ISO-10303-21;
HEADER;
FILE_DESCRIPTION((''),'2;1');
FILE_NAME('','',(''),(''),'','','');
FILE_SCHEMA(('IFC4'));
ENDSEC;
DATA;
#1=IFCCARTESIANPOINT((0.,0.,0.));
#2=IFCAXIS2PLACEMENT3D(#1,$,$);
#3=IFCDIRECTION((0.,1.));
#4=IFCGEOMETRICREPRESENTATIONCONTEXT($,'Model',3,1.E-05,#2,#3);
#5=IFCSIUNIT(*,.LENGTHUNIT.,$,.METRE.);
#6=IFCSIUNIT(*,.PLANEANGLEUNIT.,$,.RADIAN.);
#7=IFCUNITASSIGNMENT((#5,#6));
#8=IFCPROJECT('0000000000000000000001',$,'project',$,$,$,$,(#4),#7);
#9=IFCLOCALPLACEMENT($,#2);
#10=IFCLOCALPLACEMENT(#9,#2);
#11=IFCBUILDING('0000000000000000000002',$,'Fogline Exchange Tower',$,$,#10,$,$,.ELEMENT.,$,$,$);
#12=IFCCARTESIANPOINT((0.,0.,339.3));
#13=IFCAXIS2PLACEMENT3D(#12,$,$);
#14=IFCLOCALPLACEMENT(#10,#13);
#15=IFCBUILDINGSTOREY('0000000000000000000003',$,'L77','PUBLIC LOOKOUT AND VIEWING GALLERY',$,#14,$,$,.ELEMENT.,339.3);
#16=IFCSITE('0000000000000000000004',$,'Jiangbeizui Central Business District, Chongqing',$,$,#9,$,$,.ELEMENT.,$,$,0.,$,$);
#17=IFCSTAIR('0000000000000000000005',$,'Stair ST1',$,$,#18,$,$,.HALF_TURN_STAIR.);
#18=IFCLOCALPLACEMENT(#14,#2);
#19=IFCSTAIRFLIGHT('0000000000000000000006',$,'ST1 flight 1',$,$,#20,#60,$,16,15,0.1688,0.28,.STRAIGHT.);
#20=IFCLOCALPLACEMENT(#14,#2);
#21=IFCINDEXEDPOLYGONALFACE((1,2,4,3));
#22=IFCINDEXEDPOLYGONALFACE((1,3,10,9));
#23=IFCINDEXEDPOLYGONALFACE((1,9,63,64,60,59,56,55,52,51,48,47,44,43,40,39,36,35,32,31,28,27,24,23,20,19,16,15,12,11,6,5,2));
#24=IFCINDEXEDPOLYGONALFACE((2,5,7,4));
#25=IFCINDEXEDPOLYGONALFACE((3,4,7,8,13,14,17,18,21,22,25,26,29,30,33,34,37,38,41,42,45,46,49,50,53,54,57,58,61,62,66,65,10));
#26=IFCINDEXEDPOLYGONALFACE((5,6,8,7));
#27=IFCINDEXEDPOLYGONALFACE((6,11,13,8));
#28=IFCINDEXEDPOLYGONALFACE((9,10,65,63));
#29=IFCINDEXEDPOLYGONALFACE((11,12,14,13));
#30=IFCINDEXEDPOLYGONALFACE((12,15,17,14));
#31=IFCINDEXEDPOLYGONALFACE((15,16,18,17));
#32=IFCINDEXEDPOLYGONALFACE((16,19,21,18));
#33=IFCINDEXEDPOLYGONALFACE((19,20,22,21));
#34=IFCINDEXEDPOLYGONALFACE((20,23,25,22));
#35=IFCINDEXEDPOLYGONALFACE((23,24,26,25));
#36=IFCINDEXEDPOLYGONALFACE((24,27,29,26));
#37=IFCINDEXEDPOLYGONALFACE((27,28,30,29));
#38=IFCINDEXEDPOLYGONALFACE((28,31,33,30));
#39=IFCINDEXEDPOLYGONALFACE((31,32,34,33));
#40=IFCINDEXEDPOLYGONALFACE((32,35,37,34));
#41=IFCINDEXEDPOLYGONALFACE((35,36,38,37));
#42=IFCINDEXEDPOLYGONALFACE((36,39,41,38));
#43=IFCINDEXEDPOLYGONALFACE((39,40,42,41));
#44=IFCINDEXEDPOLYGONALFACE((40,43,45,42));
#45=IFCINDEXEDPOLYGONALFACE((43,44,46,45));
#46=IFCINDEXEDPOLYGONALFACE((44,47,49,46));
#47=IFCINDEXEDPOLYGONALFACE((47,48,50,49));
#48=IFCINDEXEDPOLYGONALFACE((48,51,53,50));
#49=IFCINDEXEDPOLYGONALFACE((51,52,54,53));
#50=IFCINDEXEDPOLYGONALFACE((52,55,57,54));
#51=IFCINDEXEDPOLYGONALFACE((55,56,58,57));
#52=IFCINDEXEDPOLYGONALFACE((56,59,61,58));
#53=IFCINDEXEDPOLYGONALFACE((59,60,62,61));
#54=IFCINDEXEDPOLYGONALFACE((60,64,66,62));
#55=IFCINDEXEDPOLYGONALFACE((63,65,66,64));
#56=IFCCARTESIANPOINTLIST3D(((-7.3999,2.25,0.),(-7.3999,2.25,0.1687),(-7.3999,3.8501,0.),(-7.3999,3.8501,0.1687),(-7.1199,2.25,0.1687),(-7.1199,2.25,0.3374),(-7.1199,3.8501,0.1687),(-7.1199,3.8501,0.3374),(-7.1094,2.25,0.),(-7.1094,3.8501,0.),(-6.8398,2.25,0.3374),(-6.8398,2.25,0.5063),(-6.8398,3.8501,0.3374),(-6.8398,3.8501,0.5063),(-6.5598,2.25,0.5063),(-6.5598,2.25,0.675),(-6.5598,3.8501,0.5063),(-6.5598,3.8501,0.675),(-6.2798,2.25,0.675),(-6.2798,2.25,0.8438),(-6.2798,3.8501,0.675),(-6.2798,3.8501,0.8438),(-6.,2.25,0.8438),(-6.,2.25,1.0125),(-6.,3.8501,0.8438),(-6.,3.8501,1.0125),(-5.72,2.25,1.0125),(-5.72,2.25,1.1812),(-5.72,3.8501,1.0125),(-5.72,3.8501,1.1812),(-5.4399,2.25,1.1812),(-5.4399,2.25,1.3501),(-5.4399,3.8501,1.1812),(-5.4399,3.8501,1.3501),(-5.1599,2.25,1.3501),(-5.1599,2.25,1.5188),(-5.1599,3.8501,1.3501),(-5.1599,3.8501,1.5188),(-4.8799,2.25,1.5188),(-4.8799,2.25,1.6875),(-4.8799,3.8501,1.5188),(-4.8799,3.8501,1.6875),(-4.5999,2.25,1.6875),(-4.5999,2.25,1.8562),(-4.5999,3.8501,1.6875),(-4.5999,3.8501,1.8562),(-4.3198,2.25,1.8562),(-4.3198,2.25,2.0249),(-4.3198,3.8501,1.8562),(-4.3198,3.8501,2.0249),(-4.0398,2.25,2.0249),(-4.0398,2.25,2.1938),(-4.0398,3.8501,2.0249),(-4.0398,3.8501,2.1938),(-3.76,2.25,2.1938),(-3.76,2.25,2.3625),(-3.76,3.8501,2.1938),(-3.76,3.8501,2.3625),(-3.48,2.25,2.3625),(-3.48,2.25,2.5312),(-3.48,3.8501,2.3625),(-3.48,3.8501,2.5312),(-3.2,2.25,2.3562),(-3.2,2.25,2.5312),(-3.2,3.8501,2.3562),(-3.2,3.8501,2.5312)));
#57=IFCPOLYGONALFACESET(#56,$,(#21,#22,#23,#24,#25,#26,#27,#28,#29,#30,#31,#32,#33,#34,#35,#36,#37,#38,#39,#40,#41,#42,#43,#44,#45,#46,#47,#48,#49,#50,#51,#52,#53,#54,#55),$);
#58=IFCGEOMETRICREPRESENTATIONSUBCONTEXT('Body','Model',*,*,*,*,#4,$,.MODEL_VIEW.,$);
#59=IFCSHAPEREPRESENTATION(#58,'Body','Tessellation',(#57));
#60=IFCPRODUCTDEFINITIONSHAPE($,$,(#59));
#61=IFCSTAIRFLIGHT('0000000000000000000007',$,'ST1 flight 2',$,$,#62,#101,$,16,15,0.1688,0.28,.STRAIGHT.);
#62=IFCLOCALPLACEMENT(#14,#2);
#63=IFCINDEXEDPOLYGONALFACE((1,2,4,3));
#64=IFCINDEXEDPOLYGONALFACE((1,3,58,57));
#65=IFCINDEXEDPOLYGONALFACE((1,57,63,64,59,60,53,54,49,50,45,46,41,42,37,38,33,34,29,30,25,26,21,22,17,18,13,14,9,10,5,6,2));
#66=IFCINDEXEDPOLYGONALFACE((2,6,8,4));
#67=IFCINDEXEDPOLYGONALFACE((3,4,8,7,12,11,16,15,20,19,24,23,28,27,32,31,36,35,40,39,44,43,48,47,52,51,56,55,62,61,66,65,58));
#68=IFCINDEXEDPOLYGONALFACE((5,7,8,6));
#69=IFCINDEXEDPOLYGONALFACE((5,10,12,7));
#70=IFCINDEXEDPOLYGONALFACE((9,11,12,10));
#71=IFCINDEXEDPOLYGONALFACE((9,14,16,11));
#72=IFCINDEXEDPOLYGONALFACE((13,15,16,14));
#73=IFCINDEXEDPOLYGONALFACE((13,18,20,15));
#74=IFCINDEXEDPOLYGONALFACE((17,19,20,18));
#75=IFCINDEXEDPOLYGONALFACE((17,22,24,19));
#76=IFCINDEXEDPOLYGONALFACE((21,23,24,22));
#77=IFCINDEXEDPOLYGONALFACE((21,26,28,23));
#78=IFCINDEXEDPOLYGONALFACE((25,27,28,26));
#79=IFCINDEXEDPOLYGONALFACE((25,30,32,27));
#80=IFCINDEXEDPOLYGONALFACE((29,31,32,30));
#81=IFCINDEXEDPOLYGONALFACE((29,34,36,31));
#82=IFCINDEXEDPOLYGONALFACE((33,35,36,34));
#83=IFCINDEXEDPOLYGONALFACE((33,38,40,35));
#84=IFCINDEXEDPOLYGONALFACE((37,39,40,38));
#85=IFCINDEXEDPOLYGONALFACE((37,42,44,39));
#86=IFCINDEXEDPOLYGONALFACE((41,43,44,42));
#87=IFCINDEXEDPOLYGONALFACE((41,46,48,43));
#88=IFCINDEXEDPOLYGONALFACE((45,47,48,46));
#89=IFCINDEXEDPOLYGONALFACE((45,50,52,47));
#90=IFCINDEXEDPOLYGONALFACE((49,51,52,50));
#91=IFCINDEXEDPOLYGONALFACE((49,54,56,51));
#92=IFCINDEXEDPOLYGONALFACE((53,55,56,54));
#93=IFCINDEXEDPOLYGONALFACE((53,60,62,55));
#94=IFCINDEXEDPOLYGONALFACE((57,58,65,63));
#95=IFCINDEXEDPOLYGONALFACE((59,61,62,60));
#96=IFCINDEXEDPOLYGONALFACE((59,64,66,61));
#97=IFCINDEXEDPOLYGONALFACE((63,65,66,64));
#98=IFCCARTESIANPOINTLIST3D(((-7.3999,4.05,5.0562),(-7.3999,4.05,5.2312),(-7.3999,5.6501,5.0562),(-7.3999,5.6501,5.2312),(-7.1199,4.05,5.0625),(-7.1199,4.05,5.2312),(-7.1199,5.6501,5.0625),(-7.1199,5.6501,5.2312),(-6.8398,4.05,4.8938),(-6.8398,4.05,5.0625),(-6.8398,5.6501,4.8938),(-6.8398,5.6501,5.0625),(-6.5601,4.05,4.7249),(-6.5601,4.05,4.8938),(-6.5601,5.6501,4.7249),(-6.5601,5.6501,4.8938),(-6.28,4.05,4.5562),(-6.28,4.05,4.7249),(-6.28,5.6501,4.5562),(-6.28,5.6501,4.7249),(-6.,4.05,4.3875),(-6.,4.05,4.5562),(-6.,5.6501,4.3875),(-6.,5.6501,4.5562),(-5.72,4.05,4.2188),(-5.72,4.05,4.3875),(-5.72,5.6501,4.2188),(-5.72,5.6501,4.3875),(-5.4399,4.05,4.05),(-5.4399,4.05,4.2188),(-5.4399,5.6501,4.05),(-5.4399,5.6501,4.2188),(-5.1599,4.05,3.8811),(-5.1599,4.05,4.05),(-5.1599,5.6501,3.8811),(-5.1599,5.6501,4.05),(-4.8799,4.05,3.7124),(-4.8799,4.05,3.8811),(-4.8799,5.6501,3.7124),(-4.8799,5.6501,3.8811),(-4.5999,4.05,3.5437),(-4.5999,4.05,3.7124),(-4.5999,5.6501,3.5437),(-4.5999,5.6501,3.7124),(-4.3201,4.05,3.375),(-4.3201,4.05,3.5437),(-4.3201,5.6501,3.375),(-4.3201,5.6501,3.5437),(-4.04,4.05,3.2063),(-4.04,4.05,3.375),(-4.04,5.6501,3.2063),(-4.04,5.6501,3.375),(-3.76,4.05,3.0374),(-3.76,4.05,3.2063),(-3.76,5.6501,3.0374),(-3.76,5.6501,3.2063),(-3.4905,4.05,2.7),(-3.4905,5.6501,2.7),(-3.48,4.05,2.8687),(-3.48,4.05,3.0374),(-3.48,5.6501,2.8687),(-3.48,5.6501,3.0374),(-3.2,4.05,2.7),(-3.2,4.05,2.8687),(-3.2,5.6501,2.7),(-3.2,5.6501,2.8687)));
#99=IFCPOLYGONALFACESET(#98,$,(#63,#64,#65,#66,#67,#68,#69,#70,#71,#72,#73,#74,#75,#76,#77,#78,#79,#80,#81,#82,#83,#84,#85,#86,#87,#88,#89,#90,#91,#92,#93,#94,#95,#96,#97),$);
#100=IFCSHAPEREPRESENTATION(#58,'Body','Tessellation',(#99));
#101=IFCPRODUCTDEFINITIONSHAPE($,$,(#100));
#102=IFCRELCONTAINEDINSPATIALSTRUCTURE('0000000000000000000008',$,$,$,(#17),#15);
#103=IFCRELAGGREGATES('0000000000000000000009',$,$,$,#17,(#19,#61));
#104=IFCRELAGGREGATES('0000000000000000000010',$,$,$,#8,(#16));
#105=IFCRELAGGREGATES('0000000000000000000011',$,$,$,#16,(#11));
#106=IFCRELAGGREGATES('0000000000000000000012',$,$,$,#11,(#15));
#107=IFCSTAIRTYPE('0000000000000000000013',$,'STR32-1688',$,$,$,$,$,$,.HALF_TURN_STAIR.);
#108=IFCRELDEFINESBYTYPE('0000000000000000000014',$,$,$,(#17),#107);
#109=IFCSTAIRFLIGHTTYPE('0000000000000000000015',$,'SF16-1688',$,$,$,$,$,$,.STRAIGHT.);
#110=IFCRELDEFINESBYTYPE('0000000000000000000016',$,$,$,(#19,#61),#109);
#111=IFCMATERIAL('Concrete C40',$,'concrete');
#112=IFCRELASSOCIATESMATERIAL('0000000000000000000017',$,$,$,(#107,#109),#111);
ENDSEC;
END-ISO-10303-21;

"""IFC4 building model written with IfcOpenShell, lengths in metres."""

from ifc_helpers import new_model, si_unit, direction, frame, origin, place, context, subcontext, project, spatial, polyline, outline, extrude, material, type_object, element, aggregate, save


model = new_model("IFC4")

# Units and contexts
model_context = context("Model", 3, precision=1e-05, world=origin(), true_north=direction((0.0, 1.0)))
body_context = subcontext(model_context, "Body", "Model", "MODEL_VIEW")
ifc_project = project(units=[si_unit("LENGTHUNIT", "METRE"), si_unit("PLANEANGLEUNIT", "RADIAN")], contexts=[model_context])

# Site, building, storey
site_placement = place(None, origin())
site = spatial("IfcSite", under=ifc_project, at=site_placement, Name="Jiangbeizui Central Business District, Chongqing", CompositionType="ELEMENT", RefElevation=0.0)
building_placement = place(site_placement, origin())
building = spatial("IfcBuilding", under=site, at=building_placement, Name="Fogline Exchange Tower", CompositionType="ELEMENT")
storey_placement = place(building_placement, frame((0.0, 0.0, 339.3)))
storey = spatial("IfcBuildingStorey", under=building, at=storey_placement, Name="L77", Description="PUBLIC LOOKOUT AND VIEWING GALLERY", CompositionType="ELEMENT", Elevation=339.3)

# Shared definitions
ifc_material_1 = material(Name="Concrete C40", Category="concrete")

# Stair, stair flights
stair_type = type_object("IfcStairType", Name="STR32-1688", PredefinedType="HALF_TURN_STAIR", material=ifc_material_1)
stair_placement = place(storey_placement, origin())
stair = element("IfcStair", 1, at=stair_placement, inside=storey, type_object=stair_type, Name="Stair ST1", PredefinedType="HALF_TURN_STAIR")
stair_flight_type = type_object("IfcStairFlightType", Name="SF16-1688", PredefinedType="STRAIGHT", material=ifc_material_1)
stair_flight_1_placement = place(storey_placement, frame((-7.3999, 3.05, 0.0), z_axis=(0.0, 0.0, 1.0), x_axis=(1.0, 0.0, 0.0)))
stair_flight_1 = element("IfcStairFlight", 2, at=stair_flight_1_placement, type_object=stair_flight_type, Name="ST1 flight 1", NumberOfRisers=16, NumberOfTreads=15, PredefinedType="STRAIGHT", RiserHeight=0.1688, TreadLength=0.28, context=body_context, shape_type="SweptSolid", body=[
    extrude(outline(polyline([(0.0, 0.0), (0.0, 0.1687), (0.28, 0.1687), (0.28, 0.3374), (0.5601, 0.3374), (0.5601, 0.5063), (0.8401, 0.5063), (0.8401, 0.675), (1.1201, 0.675), (1.1201, 0.8438), (1.3999, 0.8438), (1.3999, 1.0125), (1.6799, 1.0125), (1.6799, 1.1812), (1.96, 1.1812), (1.96, 1.3501), (2.24, 1.3501), (2.24, 1.5188), (2.52, 1.5188), (2.52, 1.6875), (2.8, 1.6875), (2.8, 1.8562), (3.0801, 1.8562), (3.0801, 2.0249), (3.3601, 2.0249), (3.3601, 2.1938), (3.6399, 2.1938), (3.6399, 2.3625), (3.9199, 2.3625), (3.9199, 2.5312), (4.2, 2.5312), (4.2, 2.7), (4.2, 2.3562), (0.2905, 0.0), (0.0, 0.0)])), frame((0.0, 0.8, 0.0), z_axis=(0.0, -1.0, 0.0), x_axis=(1.0, 0.0, 0.0)), (0.0, 0.0, 1.0), 1.6001),
])
stair_flight_2_placement = place(storey_placement, frame((-3.2, 4.8501, 2.7), z_axis=(0.0, 0.0, 1.0), x_axis=(-1.0, 0.0, 0.0)))
stair_flight_2 = element("IfcStairFlight", 3, at=stair_flight_2_placement, type_object=stair_flight_type, Name="ST1 flight 2", NumberOfRisers=16, NumberOfTreads=15, PredefinedType="STRAIGHT", RiserHeight=0.1688, TreadLength=0.28, context=body_context, shape_type="SweptSolid", body=[
    extrude(outline(polyline([(0.0, 0.0), (0.0, 0.1687), (0.28, 0.1687), (0.28, 0.3374), (0.5601, 0.3374), (0.5601, 0.5063), (0.8401, 0.5063), (0.8401, 0.675), (1.1201, 0.675), (1.1201, 0.8438), (1.3999, 0.8438), (1.3999, 1.0125), (1.6799, 1.0125), (1.6799, 1.1812), (1.96, 1.1812), (1.96, 1.3501), (2.24, 1.3501), (2.24, 1.5188), (2.52, 1.5188), (2.52, 1.6875), (2.8, 1.6875), (2.8, 1.8562), (3.0801, 1.8562), (3.0801, 2.0249), (3.3601, 2.0249), (3.3601, 2.1938), (3.6399, 2.1938), (3.6399, 2.3625), (3.9199, 2.3625), (3.9199, 2.5312), (4.2, 2.5312), (4.2, 2.7), (4.2, 2.3562), (0.2905, 0.0), (0.0, 0.0)])), frame((0.0, 0.8, 0.0), z_axis=(0.0, -1.0, 0.0), x_axis=(1.0, 0.0, 0.0)), (0.0, 0.0, 1.0), 1.6001),
])
aggregate(stair, [stair_flight_1, stair_flight_2])

save(model, "model.ifc")
